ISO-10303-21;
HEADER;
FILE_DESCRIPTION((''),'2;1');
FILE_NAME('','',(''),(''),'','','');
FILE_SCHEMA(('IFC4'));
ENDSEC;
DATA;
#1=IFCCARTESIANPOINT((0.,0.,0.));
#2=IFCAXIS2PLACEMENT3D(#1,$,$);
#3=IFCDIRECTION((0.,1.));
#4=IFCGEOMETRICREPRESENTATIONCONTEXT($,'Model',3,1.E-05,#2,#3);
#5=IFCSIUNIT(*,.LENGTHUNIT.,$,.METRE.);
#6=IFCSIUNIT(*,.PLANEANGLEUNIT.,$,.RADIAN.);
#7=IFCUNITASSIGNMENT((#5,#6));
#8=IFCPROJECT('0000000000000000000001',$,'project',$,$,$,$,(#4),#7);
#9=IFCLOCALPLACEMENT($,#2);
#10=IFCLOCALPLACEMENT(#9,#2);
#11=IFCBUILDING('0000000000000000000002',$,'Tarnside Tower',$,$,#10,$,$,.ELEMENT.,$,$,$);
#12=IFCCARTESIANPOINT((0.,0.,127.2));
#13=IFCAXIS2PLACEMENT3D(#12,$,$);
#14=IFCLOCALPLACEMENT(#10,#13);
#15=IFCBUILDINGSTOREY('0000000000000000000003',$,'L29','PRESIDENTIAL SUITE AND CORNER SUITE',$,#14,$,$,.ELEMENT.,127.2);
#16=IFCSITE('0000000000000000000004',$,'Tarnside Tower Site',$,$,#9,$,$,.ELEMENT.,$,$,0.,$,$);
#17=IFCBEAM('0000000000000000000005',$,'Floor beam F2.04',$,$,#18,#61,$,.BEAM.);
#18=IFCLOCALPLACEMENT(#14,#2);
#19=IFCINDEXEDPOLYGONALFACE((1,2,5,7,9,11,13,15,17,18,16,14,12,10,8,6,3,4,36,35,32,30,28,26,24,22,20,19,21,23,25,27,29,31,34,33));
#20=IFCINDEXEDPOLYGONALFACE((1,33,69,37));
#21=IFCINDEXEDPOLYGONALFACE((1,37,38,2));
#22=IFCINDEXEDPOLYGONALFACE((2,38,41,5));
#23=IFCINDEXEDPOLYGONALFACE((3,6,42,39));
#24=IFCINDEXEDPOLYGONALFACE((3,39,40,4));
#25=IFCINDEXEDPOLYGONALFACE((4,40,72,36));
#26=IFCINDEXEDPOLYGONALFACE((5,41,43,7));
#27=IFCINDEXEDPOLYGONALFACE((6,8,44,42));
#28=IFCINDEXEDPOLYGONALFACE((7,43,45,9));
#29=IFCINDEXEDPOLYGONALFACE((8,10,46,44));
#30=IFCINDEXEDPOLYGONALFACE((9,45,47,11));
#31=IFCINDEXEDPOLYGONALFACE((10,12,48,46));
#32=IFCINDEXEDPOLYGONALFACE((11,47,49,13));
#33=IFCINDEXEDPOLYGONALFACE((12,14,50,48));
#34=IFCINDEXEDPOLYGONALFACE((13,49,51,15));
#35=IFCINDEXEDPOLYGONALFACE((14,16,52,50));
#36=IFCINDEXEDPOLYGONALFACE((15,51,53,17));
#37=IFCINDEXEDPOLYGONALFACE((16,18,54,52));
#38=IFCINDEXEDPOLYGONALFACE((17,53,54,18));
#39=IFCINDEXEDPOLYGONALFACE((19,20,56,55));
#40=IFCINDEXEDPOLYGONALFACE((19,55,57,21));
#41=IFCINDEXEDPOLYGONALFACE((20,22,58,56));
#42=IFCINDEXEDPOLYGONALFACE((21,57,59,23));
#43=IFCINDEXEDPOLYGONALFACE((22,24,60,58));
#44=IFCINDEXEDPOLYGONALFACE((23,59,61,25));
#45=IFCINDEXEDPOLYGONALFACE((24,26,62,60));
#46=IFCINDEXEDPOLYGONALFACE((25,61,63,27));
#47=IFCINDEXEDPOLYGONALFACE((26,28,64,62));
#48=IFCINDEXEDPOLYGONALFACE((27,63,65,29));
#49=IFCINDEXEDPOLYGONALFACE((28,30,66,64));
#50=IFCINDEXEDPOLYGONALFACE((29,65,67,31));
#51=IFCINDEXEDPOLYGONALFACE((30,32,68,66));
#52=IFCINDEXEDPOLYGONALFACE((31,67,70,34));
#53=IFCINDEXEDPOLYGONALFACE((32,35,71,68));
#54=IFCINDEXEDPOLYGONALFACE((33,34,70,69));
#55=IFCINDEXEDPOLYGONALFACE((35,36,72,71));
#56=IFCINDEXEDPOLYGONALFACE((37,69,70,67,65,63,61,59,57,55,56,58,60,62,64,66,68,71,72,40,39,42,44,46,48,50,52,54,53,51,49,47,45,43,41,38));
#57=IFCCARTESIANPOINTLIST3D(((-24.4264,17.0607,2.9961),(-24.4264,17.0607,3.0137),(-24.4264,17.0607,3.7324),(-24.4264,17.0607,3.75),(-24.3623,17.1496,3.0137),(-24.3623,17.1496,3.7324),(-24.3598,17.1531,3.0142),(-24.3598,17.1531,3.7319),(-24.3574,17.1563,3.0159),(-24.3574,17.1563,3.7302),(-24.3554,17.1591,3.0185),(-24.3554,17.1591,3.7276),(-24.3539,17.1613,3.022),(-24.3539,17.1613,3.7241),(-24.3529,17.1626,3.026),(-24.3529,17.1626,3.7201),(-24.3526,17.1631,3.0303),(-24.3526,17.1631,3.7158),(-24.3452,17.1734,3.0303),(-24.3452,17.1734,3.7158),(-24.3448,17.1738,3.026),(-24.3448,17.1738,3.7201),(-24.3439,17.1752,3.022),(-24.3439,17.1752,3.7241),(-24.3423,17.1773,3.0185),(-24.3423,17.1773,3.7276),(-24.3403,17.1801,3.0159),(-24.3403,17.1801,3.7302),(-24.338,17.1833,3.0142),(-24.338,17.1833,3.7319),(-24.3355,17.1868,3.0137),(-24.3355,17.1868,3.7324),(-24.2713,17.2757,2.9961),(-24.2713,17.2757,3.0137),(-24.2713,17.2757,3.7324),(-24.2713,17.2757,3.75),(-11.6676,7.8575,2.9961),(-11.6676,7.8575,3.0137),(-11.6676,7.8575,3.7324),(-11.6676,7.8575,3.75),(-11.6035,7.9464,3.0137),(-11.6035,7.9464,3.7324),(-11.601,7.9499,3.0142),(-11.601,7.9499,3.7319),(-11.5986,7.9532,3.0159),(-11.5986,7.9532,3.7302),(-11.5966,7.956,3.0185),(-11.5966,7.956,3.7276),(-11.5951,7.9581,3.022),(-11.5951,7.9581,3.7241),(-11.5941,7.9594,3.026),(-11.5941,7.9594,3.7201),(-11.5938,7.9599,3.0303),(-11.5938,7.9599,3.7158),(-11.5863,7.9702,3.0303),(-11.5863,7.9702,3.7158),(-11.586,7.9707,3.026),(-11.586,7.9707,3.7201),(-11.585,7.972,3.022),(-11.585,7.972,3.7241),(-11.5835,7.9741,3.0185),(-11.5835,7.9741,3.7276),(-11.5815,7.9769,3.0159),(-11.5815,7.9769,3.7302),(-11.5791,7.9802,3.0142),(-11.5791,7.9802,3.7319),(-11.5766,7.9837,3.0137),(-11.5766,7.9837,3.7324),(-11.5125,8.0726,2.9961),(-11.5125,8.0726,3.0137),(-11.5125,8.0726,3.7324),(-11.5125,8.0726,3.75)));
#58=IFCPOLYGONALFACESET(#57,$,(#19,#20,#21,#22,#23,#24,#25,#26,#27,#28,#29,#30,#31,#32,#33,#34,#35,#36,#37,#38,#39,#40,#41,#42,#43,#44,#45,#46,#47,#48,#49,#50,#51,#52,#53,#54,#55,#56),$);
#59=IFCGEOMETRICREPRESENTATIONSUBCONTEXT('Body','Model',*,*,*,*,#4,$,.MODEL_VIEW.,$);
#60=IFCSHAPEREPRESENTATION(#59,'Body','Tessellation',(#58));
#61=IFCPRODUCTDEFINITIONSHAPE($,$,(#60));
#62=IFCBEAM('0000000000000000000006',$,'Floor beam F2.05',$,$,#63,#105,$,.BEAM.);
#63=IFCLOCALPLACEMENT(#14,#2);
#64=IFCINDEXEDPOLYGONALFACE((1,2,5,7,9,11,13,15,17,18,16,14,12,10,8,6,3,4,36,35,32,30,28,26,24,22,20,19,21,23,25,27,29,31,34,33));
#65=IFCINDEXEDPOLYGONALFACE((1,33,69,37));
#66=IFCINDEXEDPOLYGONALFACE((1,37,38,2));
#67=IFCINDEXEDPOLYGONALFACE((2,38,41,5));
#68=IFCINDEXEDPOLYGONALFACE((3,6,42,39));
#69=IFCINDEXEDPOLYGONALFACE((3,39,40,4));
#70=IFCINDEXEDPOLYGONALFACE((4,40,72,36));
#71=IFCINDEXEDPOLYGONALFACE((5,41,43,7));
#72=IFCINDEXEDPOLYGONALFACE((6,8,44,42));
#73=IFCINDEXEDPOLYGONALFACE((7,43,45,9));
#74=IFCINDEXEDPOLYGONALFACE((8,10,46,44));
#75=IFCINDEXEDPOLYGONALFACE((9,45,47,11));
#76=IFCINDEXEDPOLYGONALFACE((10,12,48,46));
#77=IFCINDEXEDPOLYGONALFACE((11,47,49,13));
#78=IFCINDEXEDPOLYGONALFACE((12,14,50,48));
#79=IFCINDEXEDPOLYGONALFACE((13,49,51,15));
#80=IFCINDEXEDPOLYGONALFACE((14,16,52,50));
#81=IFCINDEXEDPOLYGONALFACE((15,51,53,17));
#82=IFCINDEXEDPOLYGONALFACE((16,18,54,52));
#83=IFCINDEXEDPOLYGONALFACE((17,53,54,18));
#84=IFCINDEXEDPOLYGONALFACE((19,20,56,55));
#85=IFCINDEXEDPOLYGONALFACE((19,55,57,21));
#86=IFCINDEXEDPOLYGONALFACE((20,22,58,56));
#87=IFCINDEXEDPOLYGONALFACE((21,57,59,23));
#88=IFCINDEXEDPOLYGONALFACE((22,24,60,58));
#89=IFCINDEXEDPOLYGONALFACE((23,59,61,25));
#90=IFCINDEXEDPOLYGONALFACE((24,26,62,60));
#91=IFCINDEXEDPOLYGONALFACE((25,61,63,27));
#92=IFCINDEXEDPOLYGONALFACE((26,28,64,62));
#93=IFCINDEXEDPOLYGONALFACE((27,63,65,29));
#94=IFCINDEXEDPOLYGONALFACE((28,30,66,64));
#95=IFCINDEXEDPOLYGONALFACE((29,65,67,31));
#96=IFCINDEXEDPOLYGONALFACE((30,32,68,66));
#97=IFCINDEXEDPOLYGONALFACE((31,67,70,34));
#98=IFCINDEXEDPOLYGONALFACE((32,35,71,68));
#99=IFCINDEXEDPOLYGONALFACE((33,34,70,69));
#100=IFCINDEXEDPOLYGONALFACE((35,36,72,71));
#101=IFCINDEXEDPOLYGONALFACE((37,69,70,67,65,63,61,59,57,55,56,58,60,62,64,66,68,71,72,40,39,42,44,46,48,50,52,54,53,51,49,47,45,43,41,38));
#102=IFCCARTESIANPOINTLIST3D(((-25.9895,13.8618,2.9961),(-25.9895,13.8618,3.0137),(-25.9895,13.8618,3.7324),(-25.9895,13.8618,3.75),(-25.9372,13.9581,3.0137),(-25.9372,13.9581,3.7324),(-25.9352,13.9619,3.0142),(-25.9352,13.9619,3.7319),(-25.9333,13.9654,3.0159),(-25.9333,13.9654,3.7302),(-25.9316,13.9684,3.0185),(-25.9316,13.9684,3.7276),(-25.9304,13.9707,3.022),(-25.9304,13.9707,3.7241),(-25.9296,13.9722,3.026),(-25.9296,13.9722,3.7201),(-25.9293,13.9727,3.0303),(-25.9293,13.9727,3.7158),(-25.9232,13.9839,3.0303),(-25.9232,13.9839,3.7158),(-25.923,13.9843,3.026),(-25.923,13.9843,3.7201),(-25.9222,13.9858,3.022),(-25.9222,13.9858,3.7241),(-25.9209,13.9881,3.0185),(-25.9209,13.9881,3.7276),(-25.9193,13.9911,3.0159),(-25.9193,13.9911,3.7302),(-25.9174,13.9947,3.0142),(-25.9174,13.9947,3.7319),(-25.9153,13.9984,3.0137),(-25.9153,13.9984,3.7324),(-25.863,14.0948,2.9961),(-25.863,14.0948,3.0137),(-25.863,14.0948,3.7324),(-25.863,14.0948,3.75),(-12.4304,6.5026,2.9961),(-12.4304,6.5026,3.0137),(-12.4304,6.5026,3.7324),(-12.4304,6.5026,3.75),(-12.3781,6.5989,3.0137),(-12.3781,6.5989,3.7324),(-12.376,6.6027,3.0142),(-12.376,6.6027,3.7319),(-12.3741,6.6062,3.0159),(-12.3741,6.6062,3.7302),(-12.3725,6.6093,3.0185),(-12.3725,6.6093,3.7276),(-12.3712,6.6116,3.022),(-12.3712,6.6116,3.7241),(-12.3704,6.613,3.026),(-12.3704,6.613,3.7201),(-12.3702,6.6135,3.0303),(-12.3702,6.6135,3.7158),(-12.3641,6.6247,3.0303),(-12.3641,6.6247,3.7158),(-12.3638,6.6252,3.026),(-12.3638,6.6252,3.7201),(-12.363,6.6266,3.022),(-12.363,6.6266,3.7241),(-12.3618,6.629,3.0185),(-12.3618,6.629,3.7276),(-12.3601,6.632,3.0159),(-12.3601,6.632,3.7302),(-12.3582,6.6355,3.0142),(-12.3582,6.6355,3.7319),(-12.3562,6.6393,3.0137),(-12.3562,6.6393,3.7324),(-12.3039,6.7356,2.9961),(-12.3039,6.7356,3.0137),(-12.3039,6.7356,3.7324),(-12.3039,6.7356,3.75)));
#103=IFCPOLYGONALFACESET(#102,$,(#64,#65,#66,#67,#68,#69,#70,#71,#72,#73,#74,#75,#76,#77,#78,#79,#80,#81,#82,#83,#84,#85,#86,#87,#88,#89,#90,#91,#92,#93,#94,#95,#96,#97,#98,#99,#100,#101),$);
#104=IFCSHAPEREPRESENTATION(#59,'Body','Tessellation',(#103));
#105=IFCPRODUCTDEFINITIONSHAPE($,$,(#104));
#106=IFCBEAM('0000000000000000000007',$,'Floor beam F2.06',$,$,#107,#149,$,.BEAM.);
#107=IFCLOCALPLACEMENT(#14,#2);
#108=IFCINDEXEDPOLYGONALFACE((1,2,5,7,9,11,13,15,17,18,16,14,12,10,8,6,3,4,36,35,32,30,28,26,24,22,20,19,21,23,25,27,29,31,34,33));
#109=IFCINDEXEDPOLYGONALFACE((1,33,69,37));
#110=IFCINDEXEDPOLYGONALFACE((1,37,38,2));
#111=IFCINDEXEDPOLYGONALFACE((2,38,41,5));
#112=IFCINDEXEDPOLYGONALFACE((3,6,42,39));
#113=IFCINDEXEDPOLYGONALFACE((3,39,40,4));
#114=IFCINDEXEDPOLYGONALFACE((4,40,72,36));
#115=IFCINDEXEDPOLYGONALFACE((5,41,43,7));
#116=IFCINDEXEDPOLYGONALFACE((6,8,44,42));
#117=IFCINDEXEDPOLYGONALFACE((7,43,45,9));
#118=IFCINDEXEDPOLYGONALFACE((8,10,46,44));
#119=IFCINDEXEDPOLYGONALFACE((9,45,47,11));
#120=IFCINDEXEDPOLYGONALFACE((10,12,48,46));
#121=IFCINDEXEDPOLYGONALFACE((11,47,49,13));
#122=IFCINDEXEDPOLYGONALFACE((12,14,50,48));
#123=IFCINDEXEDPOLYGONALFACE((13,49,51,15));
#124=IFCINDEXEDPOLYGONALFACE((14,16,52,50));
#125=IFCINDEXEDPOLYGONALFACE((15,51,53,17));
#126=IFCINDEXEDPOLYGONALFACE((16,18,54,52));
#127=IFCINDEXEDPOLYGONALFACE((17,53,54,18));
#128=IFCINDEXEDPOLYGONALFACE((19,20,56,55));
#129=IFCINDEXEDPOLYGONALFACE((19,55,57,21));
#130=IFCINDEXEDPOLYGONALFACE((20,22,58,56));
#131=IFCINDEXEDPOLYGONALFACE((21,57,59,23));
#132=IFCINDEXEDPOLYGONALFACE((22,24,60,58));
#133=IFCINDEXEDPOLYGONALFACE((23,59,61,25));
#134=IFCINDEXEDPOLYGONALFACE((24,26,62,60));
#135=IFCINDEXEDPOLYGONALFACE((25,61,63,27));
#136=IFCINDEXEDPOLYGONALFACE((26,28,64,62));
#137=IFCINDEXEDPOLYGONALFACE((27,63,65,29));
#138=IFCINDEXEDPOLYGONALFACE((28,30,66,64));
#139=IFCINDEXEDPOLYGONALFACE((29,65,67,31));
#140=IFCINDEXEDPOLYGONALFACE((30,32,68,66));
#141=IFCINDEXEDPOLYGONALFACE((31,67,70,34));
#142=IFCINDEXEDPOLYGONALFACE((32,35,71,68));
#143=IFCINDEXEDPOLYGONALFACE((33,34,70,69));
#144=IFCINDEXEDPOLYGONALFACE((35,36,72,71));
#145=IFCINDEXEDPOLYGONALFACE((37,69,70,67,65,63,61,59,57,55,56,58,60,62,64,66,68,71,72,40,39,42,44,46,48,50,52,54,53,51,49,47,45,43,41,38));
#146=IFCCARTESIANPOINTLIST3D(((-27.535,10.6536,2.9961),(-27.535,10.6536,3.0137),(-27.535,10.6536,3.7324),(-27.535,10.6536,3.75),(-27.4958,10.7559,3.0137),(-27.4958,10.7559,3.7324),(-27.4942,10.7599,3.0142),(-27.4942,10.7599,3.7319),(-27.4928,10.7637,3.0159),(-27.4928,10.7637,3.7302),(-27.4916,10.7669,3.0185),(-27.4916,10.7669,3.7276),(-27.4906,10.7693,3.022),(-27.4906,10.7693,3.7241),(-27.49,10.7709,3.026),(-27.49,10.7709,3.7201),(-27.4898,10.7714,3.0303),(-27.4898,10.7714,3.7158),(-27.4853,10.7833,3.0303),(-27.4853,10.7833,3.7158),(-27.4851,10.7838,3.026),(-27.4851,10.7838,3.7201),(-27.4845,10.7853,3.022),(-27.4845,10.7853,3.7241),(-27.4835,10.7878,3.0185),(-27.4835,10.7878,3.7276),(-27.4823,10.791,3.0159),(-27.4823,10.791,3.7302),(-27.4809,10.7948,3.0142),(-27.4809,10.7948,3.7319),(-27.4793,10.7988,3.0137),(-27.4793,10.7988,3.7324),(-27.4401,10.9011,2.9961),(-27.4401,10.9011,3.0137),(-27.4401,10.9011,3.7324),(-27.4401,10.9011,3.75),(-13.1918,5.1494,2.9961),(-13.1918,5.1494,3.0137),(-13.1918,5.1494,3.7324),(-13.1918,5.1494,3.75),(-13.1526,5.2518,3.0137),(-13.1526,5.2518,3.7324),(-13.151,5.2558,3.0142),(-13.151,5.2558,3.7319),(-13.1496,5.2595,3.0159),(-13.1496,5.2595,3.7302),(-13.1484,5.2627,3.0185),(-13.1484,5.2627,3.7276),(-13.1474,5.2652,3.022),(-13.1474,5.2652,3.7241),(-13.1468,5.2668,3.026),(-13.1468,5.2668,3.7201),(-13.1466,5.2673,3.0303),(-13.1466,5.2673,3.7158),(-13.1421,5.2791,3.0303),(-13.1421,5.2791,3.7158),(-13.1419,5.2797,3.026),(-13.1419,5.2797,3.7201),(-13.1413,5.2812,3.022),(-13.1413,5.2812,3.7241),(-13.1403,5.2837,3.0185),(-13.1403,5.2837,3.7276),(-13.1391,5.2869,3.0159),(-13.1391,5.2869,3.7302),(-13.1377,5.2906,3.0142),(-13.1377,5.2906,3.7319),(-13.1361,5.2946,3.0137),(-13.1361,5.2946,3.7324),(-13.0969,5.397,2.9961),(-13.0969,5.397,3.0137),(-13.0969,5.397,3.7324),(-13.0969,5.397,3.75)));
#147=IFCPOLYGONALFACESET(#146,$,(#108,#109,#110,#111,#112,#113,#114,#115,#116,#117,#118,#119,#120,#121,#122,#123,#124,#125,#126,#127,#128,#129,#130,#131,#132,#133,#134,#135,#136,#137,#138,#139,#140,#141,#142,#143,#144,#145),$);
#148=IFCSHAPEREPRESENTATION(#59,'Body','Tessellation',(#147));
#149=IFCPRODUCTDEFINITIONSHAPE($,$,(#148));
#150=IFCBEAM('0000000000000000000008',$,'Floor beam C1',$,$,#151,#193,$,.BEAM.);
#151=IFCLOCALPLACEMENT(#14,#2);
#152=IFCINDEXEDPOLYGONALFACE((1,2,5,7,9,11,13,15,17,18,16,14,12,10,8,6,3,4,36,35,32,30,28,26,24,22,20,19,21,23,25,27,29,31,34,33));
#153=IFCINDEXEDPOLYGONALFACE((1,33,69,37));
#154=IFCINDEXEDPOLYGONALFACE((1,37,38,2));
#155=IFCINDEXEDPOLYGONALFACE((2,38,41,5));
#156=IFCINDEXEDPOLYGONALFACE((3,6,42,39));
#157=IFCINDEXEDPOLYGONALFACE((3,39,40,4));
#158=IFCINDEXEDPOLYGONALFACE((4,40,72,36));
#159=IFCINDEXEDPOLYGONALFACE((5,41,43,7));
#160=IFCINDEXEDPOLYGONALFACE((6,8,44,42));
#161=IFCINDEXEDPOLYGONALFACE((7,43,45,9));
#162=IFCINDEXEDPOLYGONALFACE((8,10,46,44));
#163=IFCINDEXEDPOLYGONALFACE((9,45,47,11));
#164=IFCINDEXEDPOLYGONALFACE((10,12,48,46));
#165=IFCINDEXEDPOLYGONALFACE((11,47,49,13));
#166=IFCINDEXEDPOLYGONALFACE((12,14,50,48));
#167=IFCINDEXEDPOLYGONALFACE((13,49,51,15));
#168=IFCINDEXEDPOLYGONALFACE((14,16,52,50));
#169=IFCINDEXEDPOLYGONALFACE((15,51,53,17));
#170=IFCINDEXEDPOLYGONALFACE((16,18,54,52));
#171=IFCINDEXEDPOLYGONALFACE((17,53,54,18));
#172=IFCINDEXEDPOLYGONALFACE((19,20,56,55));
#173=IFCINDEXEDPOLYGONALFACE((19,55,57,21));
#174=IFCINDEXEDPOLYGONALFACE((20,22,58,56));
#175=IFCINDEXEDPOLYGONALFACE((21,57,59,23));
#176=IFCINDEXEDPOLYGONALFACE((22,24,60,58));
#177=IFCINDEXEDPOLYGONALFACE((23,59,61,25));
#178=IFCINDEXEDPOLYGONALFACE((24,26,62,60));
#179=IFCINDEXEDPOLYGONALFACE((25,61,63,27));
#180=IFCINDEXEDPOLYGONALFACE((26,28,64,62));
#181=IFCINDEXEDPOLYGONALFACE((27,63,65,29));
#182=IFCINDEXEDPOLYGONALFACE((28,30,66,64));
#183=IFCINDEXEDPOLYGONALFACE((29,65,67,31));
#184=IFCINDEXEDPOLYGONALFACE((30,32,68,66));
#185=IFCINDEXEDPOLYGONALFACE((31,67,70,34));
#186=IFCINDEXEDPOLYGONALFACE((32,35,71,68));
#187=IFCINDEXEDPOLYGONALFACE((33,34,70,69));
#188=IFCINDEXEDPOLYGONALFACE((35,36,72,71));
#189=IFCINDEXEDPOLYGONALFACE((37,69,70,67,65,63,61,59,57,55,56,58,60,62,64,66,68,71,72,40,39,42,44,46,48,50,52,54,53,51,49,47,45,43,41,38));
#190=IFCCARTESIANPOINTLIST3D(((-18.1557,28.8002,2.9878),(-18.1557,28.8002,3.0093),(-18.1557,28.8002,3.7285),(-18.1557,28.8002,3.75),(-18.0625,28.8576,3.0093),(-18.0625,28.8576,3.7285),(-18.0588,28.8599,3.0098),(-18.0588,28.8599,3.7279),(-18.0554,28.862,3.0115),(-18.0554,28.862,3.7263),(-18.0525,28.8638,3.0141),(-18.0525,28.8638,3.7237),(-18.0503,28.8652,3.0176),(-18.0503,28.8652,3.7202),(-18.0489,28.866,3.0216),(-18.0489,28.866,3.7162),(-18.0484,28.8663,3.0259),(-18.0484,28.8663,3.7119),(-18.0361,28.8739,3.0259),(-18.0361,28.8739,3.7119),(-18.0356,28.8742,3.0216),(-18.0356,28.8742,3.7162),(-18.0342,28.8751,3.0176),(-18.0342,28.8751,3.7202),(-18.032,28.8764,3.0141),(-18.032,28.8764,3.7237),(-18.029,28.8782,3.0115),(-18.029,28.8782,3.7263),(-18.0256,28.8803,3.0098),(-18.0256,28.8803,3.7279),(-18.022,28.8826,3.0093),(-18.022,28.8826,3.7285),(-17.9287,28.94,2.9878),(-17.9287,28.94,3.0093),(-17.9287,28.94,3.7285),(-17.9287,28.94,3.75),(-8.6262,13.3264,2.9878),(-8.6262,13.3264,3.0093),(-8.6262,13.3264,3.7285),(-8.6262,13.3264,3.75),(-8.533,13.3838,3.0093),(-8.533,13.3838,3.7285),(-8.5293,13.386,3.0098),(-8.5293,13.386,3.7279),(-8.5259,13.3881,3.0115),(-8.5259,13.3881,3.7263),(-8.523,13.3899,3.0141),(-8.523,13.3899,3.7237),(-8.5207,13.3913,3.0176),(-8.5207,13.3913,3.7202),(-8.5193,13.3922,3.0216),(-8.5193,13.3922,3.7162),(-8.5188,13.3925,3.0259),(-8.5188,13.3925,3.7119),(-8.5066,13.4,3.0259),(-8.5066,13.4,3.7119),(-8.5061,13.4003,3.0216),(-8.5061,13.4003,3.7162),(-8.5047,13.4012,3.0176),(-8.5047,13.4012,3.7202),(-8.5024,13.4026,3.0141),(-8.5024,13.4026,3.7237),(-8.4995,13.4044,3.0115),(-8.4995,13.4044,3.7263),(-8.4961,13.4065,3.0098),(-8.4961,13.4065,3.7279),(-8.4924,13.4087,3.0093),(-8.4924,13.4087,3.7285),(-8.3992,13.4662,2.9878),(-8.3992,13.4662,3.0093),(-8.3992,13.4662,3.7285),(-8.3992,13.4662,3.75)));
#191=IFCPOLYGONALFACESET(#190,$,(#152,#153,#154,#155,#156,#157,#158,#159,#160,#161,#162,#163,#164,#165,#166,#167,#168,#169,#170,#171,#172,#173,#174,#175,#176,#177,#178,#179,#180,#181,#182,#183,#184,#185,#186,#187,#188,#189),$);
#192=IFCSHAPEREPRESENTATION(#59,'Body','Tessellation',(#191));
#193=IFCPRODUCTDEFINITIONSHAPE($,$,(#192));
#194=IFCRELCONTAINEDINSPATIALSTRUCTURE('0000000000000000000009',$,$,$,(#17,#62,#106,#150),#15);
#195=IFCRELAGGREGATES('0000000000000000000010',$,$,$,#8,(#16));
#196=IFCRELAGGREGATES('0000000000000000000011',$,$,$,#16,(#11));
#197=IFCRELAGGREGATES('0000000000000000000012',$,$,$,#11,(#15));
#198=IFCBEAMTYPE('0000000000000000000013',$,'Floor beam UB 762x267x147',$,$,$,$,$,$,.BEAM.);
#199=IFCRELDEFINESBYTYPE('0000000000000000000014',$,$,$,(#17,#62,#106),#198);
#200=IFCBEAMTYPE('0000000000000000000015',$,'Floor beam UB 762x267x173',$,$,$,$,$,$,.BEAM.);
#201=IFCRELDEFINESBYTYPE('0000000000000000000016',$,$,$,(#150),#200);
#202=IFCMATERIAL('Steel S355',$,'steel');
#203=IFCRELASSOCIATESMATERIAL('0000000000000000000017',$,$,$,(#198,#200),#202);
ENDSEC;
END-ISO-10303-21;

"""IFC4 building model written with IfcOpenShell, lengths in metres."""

from ifc_helpers import new_model, si_unit, direction, frame, origin, origin_2d, place, context, subcontext, project, spatial, i_section, extrude, material, material_profile, profile_set, type_object, element, save


model = new_model("IFC4")

# Units and contexts
model_context = context("Model", 3, precision=1e-05, world=origin(), true_north=direction((0.0, 1.0)))
body_context = subcontext(model_context, "Body", "Model", "MODEL_VIEW")
ifc_project = project(units=[si_unit("LENGTHUNIT", "METRE"), si_unit("PLANEANGLEUNIT", "RADIAN")], contexts=[model_context])

# Site, building, storey
site_placement = place(None, origin())
site = spatial("IfcSite", under=ifc_project, at=site_placement, Name="Tarnside Tower Site", CompositionType="ELEMENT", RefElevation=0.0)
building_placement = place(site_placement, origin())
building = spatial("IfcBuilding", under=site, at=building_placement, Name="Tarnside Tower", CompositionType="ELEMENT")
storey_placement = place(building_placement, frame((0.0, 0.0, 127.2)))
storey = spatial("IfcBuildingStorey", under=building, at=storey_placement, Name="L29", Description="PRESIDENTIAL SUITE AND CORNER SUITE", CompositionType="ELEMENT", Elevation=127.2)

# Beams
ifc_material_1 = material(Name="Steel S355", Category="steel")
ifc_material_profile_1 = material_profile(ifc_material_1, i_section(OverallWidth=0.2651, OverallDepth=0.7539, WebThickness=0.0127, FlangeThickness=0.0176, FilletRadius=0.0166, at=origin_2d()), Name="UB 762x267x147")
ifc_profile_set_1 = profile_set([ifc_material_profile_1], Name="Steel S355")
beam_type_1 = type_object("IfcBeamType", Name="Floor beam UB 762x267x147", PredefinedType="BEAM", material=ifc_profile_set_1)
beam_1_placement = place(storey_placement, frame((-24.3489, 17.1682, 3.373), z_axis=(0.811028, -0.585008, 0.0), x_axis=(0.585008, 0.811028, 0.0)))
element("IfcBeam", 1, at=beam_1_placement, inside=storey, type_object=beam_type_1, Name="Floor beam F2.04", PredefinedType="BEAM", context=body_context, shape_type="SweptSolid", body=[
    extrude(i_section(OverallWidth=0.2651, OverallDepth=0.7539, WebThickness=0.0127, FlangeThickness=0.0176, FilletRadius=0.0166, at=origin_2d()), origin(), (0.0, 0.0, 1.0), 15.7317),
])
beam_2_placement = place(storey_placement, frame((-25.9263, 13.9783, 3.373), z_axis=(0.878895, -0.477016, 0.0), x_axis=(0.477016, 0.878895, 0.0)))
element("IfcBeam", 2, at=beam_2_placement, inside=storey, type_object=beam_type_1, Name="Floor beam F2.05", PredefinedType="BEAM", context=body_context, shape_type="SweptSolid", body=[
    extrude(i_section(OverallWidth=0.2651, OverallDepth=0.7539, WebThickness=0.0127, FlangeThickness=0.0176, FilletRadius=0.0166, at=origin_2d()), origin(), (0.0, 0.0, 1.0), 15.4275),
])
beam_3_placement = place(storey_placement, frame((-27.4875, 10.7773, 3.373), z_axis=(0.933618, -0.358271, 0.0), x_axis=(0.358271, 0.933618, 0.0)))
element("IfcBeam", 3, at=beam_3_placement, inside=storey, type_object=beam_type_1, Name="Floor beam F2.06", PredefinedType="BEAM", context=body_context, shape_type="SweptSolid", body=[
    extrude(i_section(OverallWidth=0.2651, OverallDepth=0.7539, WebThickness=0.0127, FlangeThickness=0.0176, FilletRadius=0.0166, at=origin_2d()), origin(), (0.0, 0.0, 1.0), 15.363),
])
ifc_material_profile_2 = material_profile(ifc_material_1, i_section(OverallWidth=0.2666, OverallDepth=0.7622, WebThickness=0.0144, FlangeThickness=0.0215, FilletRadius=0.0166, at=origin_2d()), Name="UB 762x267x173")
ifc_profile_set_2 = profile_set([ifc_material_profile_2], Name="Steel S355")
beam_type_2 = type_object("IfcBeamType", Name="Floor beam UB 762x267x173", PredefinedType="BEAM", material=ifc_profile_set_2)
beam_4_placement = place(storey_placement, frame((-18.0422, 28.8701, 3.3689), z_axis=(0.524383, -0.851483, 0.0), x_axis=(0.851483, 0.524383, 0.0)))
element("IfcBeam", 4, at=beam_4_placement, inside=storey, type_object=beam_type_2, Name="Floor beam C1", PredefinedType="BEAM", context=body_context, shape_type="SweptSolid", body=[
    extrude(i_section(OverallWidth=0.2666, OverallDepth=0.7622, WebThickness=0.0144, FlangeThickness=0.0215, FilletRadius=0.0166, at=origin_2d()), origin(), (0.0, 0.0, 1.0), 18.1729),
])

save(model, "model.ifc")
